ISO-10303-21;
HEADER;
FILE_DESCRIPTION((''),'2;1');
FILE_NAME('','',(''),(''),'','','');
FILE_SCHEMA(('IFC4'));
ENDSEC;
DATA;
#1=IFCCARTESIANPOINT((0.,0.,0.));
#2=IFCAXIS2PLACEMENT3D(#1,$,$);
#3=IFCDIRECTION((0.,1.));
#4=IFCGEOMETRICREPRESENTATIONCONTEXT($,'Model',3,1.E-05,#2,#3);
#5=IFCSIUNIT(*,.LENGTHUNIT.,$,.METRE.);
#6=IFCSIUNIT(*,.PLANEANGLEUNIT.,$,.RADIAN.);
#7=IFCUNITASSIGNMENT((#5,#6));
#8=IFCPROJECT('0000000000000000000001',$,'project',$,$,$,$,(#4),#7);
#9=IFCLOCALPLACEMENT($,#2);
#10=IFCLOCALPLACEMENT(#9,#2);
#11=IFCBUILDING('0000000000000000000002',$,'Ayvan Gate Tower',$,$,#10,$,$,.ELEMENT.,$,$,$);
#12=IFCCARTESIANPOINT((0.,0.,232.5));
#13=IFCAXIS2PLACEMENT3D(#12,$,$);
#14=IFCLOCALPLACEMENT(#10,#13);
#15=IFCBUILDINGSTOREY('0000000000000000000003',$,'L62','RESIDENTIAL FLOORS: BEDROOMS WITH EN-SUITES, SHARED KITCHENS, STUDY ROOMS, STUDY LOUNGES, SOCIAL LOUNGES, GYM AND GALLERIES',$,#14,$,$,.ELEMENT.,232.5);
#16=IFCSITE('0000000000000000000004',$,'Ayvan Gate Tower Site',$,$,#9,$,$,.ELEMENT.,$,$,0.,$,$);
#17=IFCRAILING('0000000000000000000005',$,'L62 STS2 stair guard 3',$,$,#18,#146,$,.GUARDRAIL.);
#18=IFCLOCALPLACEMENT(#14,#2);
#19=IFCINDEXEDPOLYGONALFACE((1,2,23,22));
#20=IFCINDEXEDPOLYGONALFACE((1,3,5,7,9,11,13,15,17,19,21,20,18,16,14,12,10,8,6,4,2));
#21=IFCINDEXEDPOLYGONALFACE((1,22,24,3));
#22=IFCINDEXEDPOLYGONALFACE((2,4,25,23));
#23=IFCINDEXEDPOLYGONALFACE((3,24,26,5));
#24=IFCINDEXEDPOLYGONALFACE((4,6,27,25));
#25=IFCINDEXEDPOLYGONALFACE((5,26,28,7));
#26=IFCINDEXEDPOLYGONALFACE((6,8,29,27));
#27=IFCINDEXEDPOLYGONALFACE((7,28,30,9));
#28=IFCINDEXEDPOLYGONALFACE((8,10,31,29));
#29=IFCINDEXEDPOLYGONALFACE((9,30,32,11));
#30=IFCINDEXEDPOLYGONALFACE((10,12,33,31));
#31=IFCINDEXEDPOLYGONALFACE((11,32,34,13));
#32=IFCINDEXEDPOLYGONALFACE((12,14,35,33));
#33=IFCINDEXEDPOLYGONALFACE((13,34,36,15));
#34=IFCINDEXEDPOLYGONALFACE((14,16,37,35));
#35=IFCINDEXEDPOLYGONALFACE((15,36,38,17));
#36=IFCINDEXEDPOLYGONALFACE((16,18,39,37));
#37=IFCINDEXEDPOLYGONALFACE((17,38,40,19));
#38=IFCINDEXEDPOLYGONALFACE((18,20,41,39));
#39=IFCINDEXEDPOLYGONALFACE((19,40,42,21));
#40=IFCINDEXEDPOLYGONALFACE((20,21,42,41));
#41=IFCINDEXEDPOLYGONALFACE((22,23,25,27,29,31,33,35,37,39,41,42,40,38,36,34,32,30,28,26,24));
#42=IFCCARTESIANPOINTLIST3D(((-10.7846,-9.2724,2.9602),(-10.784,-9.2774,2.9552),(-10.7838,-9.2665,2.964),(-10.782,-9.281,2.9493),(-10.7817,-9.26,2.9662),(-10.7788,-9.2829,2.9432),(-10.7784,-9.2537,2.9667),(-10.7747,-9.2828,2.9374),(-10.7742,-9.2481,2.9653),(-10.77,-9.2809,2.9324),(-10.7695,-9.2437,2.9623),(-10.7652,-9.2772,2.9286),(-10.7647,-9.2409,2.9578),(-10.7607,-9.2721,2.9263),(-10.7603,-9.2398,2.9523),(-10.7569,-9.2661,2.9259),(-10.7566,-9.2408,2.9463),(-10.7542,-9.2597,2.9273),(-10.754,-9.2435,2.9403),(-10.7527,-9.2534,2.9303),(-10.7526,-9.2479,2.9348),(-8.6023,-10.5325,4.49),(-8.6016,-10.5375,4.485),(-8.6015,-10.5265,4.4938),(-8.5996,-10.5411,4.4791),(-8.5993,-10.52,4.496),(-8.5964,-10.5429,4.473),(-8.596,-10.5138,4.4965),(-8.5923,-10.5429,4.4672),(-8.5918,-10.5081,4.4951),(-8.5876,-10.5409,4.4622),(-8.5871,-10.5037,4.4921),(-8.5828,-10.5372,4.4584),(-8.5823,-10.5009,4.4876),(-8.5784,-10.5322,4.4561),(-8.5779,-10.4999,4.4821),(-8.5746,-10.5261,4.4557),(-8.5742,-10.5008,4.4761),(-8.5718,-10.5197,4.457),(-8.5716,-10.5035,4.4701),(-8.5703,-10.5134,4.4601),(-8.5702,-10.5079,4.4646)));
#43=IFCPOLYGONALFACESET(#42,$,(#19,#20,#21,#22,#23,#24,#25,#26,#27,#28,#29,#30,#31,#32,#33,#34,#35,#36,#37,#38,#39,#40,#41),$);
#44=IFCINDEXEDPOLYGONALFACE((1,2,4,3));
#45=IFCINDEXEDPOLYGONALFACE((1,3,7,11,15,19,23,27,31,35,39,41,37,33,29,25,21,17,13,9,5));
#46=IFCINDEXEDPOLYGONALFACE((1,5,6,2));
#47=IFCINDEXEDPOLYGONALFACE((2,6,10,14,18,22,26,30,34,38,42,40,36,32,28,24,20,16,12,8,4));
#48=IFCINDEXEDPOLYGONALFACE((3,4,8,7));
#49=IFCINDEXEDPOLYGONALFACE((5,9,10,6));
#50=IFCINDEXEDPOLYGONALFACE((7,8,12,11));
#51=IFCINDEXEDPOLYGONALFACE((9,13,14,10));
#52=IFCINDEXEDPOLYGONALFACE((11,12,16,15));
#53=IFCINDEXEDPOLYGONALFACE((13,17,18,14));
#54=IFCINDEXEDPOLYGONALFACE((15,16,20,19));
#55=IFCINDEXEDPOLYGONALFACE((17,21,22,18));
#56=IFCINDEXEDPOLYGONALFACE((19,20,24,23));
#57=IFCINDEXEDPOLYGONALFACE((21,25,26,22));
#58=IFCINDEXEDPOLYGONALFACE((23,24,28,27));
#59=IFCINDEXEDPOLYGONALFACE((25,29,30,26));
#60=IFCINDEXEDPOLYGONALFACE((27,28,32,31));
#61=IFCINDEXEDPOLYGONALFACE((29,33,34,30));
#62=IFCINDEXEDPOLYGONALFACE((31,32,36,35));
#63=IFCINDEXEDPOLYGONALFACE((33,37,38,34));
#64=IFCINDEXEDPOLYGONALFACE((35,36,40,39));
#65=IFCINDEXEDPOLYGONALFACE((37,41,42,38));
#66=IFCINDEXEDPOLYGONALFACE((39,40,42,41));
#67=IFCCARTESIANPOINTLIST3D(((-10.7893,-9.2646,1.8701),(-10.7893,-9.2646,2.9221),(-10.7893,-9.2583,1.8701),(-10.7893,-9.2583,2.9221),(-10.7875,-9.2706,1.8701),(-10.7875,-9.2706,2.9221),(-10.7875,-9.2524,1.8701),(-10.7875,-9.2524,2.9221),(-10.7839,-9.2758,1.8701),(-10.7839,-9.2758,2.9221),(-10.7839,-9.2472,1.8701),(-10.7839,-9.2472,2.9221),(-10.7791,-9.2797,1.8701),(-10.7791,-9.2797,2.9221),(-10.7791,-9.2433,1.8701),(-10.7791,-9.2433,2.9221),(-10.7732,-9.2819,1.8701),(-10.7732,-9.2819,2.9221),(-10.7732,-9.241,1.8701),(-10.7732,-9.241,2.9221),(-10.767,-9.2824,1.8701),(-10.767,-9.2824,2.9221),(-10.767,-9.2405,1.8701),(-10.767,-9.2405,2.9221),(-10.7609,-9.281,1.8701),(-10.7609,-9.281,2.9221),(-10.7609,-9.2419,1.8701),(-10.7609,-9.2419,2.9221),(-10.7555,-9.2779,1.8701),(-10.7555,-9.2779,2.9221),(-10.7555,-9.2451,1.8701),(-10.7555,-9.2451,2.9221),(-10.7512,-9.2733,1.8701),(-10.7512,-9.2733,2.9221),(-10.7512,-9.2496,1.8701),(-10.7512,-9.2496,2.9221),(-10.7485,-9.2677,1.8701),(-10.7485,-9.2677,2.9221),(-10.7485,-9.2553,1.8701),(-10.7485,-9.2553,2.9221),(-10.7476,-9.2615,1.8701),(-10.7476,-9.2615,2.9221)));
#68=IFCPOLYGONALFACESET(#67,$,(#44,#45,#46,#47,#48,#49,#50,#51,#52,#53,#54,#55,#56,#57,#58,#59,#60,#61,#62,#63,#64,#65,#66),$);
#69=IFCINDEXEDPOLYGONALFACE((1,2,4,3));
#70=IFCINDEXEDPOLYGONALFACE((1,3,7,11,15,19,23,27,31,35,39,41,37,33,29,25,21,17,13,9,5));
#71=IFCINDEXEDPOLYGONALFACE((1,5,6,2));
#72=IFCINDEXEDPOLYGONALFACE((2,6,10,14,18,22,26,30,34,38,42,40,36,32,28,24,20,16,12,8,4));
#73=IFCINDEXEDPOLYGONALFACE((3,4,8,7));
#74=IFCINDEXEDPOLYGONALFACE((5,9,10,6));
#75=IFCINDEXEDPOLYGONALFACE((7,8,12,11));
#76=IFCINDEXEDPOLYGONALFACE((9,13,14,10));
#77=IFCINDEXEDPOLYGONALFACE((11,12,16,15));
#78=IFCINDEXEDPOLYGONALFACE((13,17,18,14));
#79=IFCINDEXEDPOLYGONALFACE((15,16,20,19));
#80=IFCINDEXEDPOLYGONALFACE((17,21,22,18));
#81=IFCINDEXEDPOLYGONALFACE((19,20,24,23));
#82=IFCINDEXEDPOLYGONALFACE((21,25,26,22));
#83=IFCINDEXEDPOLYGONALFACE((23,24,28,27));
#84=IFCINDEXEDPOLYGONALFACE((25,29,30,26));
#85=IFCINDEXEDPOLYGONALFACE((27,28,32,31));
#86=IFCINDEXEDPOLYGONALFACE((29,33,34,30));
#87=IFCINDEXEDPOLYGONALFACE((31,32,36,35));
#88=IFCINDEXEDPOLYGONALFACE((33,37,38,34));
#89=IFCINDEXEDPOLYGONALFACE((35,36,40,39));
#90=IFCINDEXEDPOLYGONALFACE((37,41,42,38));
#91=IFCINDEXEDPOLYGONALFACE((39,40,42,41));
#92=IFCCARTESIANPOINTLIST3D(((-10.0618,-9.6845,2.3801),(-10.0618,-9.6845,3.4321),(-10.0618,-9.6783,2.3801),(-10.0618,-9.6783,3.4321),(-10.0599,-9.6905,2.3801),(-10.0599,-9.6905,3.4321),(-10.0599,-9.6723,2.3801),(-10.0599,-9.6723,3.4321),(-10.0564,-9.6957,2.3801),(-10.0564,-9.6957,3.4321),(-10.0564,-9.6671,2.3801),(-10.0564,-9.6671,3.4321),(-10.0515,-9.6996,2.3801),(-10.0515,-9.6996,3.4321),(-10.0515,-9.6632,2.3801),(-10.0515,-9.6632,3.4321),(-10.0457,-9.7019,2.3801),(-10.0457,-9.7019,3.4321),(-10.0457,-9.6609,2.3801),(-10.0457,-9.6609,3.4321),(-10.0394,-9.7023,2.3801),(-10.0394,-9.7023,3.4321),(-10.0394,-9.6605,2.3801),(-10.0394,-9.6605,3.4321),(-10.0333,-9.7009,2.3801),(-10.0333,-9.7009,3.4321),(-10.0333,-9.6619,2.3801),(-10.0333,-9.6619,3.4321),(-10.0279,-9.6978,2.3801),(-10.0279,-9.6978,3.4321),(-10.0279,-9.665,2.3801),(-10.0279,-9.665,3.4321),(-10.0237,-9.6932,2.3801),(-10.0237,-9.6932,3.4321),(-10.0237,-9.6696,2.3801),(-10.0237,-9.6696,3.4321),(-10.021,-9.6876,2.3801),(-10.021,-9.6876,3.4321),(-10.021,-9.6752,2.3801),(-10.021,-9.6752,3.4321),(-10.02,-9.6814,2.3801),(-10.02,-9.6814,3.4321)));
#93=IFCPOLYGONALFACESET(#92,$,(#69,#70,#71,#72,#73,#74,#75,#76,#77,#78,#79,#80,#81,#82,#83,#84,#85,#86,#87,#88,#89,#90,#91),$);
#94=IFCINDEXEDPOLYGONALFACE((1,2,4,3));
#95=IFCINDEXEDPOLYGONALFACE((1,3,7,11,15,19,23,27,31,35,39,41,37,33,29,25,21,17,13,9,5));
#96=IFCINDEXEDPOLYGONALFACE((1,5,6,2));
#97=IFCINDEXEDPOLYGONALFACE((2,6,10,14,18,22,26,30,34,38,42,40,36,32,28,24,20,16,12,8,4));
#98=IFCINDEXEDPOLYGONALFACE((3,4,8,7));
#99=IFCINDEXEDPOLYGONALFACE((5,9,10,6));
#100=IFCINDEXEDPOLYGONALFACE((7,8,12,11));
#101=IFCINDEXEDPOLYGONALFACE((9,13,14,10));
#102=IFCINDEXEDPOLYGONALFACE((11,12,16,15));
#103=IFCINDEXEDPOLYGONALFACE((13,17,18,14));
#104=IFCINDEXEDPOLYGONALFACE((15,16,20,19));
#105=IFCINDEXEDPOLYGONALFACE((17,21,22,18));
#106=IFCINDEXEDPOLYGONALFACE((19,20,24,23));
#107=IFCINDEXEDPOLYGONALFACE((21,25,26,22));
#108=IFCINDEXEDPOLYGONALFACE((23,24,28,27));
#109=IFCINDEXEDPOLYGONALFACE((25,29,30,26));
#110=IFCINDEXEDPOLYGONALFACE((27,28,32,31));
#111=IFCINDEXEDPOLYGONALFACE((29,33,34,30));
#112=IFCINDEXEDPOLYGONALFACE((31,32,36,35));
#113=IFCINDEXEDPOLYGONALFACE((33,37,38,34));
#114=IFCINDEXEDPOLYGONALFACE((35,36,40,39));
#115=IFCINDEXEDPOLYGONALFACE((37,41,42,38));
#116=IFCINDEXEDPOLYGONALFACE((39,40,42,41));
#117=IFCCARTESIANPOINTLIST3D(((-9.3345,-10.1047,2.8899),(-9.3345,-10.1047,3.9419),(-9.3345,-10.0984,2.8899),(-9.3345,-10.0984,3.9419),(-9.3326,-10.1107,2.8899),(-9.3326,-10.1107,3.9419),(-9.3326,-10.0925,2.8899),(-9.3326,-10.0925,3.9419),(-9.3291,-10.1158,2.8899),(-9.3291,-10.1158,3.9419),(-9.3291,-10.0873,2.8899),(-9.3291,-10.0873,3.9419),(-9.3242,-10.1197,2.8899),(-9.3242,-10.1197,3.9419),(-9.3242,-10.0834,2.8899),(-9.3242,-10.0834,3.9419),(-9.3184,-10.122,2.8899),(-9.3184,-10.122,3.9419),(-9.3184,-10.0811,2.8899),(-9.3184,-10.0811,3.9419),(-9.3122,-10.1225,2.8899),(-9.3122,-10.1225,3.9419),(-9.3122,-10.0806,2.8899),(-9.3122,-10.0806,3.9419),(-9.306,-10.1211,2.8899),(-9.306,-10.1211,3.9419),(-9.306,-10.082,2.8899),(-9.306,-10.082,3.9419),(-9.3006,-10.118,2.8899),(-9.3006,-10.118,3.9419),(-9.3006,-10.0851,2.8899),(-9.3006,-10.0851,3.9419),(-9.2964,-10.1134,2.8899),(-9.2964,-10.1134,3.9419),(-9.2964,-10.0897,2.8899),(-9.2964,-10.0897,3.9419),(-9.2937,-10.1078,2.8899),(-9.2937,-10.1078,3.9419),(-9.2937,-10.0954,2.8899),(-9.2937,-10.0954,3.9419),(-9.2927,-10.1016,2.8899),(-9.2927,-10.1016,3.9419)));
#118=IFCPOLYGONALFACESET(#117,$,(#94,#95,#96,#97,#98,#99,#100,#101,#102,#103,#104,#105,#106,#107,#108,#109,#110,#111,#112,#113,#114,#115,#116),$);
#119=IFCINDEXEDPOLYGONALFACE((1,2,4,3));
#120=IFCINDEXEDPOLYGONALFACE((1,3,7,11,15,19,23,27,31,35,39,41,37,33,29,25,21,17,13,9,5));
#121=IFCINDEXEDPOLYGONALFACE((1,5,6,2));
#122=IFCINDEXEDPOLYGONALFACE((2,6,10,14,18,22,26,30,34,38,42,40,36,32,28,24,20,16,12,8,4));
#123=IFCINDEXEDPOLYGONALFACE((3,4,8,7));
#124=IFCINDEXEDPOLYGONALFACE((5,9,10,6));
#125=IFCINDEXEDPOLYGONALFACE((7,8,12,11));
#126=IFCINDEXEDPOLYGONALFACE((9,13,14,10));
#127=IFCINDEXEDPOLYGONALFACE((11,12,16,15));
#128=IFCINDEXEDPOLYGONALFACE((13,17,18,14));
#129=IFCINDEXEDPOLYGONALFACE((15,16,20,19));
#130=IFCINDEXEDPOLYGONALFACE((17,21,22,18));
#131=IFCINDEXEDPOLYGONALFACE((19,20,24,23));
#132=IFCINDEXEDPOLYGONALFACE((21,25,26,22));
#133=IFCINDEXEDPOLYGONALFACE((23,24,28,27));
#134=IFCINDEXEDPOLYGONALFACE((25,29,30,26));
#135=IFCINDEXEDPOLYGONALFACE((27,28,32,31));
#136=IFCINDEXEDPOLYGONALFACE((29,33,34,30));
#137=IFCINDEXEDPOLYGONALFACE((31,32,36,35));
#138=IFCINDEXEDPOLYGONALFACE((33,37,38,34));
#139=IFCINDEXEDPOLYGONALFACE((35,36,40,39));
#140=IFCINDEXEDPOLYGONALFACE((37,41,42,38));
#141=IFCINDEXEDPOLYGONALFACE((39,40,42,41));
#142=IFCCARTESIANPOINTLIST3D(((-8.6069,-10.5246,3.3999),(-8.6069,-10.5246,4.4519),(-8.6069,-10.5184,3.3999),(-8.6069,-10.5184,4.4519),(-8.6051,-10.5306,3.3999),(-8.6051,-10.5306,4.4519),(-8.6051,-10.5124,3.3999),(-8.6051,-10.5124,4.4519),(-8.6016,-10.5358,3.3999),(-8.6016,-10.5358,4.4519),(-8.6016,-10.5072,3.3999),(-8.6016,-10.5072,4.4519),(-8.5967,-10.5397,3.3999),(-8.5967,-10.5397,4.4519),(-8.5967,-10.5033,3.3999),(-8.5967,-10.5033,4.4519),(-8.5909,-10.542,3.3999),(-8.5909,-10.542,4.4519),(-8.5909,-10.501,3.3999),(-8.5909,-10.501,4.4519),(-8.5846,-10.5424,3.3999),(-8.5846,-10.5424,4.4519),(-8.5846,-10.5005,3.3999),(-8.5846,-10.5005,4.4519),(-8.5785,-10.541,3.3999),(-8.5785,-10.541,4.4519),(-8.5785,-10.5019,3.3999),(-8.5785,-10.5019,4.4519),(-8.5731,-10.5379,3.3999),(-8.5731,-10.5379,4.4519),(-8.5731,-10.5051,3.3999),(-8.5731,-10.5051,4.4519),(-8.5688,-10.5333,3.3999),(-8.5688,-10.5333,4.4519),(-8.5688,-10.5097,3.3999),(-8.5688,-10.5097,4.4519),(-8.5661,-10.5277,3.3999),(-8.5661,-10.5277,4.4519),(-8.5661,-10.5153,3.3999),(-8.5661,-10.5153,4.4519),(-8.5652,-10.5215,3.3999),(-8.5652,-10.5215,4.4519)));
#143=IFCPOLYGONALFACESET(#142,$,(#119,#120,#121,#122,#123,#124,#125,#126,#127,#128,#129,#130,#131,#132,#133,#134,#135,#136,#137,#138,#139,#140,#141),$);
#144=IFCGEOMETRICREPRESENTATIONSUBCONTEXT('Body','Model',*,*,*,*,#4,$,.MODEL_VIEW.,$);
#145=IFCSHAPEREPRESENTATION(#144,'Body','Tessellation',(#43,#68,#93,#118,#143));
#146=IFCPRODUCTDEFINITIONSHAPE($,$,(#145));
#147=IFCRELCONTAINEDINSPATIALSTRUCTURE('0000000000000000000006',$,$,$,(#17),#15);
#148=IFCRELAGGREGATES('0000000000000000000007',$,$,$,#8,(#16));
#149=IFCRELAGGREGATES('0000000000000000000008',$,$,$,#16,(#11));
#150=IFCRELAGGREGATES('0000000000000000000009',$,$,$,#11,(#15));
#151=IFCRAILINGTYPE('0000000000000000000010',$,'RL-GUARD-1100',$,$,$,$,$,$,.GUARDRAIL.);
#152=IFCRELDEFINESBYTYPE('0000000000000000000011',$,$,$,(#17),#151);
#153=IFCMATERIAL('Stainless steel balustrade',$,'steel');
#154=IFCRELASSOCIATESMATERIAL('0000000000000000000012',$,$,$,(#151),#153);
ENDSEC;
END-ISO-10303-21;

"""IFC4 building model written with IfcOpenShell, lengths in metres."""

from ifc_helpers import new_model, si_unit, direction, frame, origin, origin_2d, place, context, subcontext, project, spatial, circle, extrude, material, type_object, element, save


model = new_model("IFC4")

# Units and contexts
model_context = context("Model", 3, precision=1e-05, world=origin(), true_north=direction((0.0, 1.0)))
body_context = subcontext(model_context, "Body", "Model", "MODEL_VIEW")
ifc_project = project(units=[si_unit("LENGTHUNIT", "METRE"), si_unit("PLANEANGLEUNIT", "RADIAN")], contexts=[model_context])

# Site, building, storey
site_placement = place(None, origin())
site = spatial("IfcSite", under=ifc_project, at=site_placement, Name="Ayvan Gate Tower Site", CompositionType="ELEMENT", RefElevation=0.0)
building_placement = place(site_placement, origin())
building = spatial("IfcBuilding", under=site, at=building_placement, Name="Ayvan Gate Tower", CompositionType="ELEMENT")
storey_placement = place(building_placement, frame((0.0, 0.0, 232.5)))
storey = spatial("IfcBuildingStorey", under=building, at=storey_placement, Name="L62", Description="RESIDENTIAL FLOORS: BEDROOMS WITH EN-SUITES, SHARED KITCHENS, STUDY ROOMS, STUDY LOUNGES, SOCIAL LOUNGES, GYM AND GALLERIES", CompositionType="ELEMENT", Elevation=232.5)

# Railing
ifc_material_1 = material(Name="Stainless steel balustrade", Category="steel")
railing_type_1 = type_object("IfcRailingType", Name="RL-GUARD-1100", PredefinedType="GUARDRAIL", material=ifc_material_1)
railing_1_placement = place(storey_placement, frame((-10.7686, -9.2615, 1.8701)))
element("IfcRailing", 1, at=railing_1_placement, inside=storey, type_object=railing_type_1, Name="L62 STS2 stair guard 3", PredefinedType="GUARDRAIL", context=body_context, shape_type="SweptSolid", body=[
    extrude(circle(Radius=0.0239, at=origin_2d()), frame((0.0, 0.0, 1.0762), z_axis=(0.740293, -0.427414, 0.518926), x_axis=(0.500005, 0.866023, 0.0)), (0.0, 0.0, 1.0), 2.948),
    extrude(circle(Radius=0.021, at=origin_2d()), origin(), (0.0, 0.0, 1.0), 1.052),
    extrude(circle(Radius=0.021, at=origin_2d()), frame((0.7275, -0.4199, 0.51)), (0.0, 0.0, 1.0), 1.052),
    extrude(circle(Radius=0.021, at=origin_2d()), frame((1.4548, -0.8401, 1.0198)), (0.0, 0.0, 1.0), 1.052),
    extrude(circle(Radius=0.021, at=origin_2d()), frame((2.1824, -1.26, 1.5298)), (0.0, 0.0, 1.0), 1.052),
])

save(model, "model.ifc")
